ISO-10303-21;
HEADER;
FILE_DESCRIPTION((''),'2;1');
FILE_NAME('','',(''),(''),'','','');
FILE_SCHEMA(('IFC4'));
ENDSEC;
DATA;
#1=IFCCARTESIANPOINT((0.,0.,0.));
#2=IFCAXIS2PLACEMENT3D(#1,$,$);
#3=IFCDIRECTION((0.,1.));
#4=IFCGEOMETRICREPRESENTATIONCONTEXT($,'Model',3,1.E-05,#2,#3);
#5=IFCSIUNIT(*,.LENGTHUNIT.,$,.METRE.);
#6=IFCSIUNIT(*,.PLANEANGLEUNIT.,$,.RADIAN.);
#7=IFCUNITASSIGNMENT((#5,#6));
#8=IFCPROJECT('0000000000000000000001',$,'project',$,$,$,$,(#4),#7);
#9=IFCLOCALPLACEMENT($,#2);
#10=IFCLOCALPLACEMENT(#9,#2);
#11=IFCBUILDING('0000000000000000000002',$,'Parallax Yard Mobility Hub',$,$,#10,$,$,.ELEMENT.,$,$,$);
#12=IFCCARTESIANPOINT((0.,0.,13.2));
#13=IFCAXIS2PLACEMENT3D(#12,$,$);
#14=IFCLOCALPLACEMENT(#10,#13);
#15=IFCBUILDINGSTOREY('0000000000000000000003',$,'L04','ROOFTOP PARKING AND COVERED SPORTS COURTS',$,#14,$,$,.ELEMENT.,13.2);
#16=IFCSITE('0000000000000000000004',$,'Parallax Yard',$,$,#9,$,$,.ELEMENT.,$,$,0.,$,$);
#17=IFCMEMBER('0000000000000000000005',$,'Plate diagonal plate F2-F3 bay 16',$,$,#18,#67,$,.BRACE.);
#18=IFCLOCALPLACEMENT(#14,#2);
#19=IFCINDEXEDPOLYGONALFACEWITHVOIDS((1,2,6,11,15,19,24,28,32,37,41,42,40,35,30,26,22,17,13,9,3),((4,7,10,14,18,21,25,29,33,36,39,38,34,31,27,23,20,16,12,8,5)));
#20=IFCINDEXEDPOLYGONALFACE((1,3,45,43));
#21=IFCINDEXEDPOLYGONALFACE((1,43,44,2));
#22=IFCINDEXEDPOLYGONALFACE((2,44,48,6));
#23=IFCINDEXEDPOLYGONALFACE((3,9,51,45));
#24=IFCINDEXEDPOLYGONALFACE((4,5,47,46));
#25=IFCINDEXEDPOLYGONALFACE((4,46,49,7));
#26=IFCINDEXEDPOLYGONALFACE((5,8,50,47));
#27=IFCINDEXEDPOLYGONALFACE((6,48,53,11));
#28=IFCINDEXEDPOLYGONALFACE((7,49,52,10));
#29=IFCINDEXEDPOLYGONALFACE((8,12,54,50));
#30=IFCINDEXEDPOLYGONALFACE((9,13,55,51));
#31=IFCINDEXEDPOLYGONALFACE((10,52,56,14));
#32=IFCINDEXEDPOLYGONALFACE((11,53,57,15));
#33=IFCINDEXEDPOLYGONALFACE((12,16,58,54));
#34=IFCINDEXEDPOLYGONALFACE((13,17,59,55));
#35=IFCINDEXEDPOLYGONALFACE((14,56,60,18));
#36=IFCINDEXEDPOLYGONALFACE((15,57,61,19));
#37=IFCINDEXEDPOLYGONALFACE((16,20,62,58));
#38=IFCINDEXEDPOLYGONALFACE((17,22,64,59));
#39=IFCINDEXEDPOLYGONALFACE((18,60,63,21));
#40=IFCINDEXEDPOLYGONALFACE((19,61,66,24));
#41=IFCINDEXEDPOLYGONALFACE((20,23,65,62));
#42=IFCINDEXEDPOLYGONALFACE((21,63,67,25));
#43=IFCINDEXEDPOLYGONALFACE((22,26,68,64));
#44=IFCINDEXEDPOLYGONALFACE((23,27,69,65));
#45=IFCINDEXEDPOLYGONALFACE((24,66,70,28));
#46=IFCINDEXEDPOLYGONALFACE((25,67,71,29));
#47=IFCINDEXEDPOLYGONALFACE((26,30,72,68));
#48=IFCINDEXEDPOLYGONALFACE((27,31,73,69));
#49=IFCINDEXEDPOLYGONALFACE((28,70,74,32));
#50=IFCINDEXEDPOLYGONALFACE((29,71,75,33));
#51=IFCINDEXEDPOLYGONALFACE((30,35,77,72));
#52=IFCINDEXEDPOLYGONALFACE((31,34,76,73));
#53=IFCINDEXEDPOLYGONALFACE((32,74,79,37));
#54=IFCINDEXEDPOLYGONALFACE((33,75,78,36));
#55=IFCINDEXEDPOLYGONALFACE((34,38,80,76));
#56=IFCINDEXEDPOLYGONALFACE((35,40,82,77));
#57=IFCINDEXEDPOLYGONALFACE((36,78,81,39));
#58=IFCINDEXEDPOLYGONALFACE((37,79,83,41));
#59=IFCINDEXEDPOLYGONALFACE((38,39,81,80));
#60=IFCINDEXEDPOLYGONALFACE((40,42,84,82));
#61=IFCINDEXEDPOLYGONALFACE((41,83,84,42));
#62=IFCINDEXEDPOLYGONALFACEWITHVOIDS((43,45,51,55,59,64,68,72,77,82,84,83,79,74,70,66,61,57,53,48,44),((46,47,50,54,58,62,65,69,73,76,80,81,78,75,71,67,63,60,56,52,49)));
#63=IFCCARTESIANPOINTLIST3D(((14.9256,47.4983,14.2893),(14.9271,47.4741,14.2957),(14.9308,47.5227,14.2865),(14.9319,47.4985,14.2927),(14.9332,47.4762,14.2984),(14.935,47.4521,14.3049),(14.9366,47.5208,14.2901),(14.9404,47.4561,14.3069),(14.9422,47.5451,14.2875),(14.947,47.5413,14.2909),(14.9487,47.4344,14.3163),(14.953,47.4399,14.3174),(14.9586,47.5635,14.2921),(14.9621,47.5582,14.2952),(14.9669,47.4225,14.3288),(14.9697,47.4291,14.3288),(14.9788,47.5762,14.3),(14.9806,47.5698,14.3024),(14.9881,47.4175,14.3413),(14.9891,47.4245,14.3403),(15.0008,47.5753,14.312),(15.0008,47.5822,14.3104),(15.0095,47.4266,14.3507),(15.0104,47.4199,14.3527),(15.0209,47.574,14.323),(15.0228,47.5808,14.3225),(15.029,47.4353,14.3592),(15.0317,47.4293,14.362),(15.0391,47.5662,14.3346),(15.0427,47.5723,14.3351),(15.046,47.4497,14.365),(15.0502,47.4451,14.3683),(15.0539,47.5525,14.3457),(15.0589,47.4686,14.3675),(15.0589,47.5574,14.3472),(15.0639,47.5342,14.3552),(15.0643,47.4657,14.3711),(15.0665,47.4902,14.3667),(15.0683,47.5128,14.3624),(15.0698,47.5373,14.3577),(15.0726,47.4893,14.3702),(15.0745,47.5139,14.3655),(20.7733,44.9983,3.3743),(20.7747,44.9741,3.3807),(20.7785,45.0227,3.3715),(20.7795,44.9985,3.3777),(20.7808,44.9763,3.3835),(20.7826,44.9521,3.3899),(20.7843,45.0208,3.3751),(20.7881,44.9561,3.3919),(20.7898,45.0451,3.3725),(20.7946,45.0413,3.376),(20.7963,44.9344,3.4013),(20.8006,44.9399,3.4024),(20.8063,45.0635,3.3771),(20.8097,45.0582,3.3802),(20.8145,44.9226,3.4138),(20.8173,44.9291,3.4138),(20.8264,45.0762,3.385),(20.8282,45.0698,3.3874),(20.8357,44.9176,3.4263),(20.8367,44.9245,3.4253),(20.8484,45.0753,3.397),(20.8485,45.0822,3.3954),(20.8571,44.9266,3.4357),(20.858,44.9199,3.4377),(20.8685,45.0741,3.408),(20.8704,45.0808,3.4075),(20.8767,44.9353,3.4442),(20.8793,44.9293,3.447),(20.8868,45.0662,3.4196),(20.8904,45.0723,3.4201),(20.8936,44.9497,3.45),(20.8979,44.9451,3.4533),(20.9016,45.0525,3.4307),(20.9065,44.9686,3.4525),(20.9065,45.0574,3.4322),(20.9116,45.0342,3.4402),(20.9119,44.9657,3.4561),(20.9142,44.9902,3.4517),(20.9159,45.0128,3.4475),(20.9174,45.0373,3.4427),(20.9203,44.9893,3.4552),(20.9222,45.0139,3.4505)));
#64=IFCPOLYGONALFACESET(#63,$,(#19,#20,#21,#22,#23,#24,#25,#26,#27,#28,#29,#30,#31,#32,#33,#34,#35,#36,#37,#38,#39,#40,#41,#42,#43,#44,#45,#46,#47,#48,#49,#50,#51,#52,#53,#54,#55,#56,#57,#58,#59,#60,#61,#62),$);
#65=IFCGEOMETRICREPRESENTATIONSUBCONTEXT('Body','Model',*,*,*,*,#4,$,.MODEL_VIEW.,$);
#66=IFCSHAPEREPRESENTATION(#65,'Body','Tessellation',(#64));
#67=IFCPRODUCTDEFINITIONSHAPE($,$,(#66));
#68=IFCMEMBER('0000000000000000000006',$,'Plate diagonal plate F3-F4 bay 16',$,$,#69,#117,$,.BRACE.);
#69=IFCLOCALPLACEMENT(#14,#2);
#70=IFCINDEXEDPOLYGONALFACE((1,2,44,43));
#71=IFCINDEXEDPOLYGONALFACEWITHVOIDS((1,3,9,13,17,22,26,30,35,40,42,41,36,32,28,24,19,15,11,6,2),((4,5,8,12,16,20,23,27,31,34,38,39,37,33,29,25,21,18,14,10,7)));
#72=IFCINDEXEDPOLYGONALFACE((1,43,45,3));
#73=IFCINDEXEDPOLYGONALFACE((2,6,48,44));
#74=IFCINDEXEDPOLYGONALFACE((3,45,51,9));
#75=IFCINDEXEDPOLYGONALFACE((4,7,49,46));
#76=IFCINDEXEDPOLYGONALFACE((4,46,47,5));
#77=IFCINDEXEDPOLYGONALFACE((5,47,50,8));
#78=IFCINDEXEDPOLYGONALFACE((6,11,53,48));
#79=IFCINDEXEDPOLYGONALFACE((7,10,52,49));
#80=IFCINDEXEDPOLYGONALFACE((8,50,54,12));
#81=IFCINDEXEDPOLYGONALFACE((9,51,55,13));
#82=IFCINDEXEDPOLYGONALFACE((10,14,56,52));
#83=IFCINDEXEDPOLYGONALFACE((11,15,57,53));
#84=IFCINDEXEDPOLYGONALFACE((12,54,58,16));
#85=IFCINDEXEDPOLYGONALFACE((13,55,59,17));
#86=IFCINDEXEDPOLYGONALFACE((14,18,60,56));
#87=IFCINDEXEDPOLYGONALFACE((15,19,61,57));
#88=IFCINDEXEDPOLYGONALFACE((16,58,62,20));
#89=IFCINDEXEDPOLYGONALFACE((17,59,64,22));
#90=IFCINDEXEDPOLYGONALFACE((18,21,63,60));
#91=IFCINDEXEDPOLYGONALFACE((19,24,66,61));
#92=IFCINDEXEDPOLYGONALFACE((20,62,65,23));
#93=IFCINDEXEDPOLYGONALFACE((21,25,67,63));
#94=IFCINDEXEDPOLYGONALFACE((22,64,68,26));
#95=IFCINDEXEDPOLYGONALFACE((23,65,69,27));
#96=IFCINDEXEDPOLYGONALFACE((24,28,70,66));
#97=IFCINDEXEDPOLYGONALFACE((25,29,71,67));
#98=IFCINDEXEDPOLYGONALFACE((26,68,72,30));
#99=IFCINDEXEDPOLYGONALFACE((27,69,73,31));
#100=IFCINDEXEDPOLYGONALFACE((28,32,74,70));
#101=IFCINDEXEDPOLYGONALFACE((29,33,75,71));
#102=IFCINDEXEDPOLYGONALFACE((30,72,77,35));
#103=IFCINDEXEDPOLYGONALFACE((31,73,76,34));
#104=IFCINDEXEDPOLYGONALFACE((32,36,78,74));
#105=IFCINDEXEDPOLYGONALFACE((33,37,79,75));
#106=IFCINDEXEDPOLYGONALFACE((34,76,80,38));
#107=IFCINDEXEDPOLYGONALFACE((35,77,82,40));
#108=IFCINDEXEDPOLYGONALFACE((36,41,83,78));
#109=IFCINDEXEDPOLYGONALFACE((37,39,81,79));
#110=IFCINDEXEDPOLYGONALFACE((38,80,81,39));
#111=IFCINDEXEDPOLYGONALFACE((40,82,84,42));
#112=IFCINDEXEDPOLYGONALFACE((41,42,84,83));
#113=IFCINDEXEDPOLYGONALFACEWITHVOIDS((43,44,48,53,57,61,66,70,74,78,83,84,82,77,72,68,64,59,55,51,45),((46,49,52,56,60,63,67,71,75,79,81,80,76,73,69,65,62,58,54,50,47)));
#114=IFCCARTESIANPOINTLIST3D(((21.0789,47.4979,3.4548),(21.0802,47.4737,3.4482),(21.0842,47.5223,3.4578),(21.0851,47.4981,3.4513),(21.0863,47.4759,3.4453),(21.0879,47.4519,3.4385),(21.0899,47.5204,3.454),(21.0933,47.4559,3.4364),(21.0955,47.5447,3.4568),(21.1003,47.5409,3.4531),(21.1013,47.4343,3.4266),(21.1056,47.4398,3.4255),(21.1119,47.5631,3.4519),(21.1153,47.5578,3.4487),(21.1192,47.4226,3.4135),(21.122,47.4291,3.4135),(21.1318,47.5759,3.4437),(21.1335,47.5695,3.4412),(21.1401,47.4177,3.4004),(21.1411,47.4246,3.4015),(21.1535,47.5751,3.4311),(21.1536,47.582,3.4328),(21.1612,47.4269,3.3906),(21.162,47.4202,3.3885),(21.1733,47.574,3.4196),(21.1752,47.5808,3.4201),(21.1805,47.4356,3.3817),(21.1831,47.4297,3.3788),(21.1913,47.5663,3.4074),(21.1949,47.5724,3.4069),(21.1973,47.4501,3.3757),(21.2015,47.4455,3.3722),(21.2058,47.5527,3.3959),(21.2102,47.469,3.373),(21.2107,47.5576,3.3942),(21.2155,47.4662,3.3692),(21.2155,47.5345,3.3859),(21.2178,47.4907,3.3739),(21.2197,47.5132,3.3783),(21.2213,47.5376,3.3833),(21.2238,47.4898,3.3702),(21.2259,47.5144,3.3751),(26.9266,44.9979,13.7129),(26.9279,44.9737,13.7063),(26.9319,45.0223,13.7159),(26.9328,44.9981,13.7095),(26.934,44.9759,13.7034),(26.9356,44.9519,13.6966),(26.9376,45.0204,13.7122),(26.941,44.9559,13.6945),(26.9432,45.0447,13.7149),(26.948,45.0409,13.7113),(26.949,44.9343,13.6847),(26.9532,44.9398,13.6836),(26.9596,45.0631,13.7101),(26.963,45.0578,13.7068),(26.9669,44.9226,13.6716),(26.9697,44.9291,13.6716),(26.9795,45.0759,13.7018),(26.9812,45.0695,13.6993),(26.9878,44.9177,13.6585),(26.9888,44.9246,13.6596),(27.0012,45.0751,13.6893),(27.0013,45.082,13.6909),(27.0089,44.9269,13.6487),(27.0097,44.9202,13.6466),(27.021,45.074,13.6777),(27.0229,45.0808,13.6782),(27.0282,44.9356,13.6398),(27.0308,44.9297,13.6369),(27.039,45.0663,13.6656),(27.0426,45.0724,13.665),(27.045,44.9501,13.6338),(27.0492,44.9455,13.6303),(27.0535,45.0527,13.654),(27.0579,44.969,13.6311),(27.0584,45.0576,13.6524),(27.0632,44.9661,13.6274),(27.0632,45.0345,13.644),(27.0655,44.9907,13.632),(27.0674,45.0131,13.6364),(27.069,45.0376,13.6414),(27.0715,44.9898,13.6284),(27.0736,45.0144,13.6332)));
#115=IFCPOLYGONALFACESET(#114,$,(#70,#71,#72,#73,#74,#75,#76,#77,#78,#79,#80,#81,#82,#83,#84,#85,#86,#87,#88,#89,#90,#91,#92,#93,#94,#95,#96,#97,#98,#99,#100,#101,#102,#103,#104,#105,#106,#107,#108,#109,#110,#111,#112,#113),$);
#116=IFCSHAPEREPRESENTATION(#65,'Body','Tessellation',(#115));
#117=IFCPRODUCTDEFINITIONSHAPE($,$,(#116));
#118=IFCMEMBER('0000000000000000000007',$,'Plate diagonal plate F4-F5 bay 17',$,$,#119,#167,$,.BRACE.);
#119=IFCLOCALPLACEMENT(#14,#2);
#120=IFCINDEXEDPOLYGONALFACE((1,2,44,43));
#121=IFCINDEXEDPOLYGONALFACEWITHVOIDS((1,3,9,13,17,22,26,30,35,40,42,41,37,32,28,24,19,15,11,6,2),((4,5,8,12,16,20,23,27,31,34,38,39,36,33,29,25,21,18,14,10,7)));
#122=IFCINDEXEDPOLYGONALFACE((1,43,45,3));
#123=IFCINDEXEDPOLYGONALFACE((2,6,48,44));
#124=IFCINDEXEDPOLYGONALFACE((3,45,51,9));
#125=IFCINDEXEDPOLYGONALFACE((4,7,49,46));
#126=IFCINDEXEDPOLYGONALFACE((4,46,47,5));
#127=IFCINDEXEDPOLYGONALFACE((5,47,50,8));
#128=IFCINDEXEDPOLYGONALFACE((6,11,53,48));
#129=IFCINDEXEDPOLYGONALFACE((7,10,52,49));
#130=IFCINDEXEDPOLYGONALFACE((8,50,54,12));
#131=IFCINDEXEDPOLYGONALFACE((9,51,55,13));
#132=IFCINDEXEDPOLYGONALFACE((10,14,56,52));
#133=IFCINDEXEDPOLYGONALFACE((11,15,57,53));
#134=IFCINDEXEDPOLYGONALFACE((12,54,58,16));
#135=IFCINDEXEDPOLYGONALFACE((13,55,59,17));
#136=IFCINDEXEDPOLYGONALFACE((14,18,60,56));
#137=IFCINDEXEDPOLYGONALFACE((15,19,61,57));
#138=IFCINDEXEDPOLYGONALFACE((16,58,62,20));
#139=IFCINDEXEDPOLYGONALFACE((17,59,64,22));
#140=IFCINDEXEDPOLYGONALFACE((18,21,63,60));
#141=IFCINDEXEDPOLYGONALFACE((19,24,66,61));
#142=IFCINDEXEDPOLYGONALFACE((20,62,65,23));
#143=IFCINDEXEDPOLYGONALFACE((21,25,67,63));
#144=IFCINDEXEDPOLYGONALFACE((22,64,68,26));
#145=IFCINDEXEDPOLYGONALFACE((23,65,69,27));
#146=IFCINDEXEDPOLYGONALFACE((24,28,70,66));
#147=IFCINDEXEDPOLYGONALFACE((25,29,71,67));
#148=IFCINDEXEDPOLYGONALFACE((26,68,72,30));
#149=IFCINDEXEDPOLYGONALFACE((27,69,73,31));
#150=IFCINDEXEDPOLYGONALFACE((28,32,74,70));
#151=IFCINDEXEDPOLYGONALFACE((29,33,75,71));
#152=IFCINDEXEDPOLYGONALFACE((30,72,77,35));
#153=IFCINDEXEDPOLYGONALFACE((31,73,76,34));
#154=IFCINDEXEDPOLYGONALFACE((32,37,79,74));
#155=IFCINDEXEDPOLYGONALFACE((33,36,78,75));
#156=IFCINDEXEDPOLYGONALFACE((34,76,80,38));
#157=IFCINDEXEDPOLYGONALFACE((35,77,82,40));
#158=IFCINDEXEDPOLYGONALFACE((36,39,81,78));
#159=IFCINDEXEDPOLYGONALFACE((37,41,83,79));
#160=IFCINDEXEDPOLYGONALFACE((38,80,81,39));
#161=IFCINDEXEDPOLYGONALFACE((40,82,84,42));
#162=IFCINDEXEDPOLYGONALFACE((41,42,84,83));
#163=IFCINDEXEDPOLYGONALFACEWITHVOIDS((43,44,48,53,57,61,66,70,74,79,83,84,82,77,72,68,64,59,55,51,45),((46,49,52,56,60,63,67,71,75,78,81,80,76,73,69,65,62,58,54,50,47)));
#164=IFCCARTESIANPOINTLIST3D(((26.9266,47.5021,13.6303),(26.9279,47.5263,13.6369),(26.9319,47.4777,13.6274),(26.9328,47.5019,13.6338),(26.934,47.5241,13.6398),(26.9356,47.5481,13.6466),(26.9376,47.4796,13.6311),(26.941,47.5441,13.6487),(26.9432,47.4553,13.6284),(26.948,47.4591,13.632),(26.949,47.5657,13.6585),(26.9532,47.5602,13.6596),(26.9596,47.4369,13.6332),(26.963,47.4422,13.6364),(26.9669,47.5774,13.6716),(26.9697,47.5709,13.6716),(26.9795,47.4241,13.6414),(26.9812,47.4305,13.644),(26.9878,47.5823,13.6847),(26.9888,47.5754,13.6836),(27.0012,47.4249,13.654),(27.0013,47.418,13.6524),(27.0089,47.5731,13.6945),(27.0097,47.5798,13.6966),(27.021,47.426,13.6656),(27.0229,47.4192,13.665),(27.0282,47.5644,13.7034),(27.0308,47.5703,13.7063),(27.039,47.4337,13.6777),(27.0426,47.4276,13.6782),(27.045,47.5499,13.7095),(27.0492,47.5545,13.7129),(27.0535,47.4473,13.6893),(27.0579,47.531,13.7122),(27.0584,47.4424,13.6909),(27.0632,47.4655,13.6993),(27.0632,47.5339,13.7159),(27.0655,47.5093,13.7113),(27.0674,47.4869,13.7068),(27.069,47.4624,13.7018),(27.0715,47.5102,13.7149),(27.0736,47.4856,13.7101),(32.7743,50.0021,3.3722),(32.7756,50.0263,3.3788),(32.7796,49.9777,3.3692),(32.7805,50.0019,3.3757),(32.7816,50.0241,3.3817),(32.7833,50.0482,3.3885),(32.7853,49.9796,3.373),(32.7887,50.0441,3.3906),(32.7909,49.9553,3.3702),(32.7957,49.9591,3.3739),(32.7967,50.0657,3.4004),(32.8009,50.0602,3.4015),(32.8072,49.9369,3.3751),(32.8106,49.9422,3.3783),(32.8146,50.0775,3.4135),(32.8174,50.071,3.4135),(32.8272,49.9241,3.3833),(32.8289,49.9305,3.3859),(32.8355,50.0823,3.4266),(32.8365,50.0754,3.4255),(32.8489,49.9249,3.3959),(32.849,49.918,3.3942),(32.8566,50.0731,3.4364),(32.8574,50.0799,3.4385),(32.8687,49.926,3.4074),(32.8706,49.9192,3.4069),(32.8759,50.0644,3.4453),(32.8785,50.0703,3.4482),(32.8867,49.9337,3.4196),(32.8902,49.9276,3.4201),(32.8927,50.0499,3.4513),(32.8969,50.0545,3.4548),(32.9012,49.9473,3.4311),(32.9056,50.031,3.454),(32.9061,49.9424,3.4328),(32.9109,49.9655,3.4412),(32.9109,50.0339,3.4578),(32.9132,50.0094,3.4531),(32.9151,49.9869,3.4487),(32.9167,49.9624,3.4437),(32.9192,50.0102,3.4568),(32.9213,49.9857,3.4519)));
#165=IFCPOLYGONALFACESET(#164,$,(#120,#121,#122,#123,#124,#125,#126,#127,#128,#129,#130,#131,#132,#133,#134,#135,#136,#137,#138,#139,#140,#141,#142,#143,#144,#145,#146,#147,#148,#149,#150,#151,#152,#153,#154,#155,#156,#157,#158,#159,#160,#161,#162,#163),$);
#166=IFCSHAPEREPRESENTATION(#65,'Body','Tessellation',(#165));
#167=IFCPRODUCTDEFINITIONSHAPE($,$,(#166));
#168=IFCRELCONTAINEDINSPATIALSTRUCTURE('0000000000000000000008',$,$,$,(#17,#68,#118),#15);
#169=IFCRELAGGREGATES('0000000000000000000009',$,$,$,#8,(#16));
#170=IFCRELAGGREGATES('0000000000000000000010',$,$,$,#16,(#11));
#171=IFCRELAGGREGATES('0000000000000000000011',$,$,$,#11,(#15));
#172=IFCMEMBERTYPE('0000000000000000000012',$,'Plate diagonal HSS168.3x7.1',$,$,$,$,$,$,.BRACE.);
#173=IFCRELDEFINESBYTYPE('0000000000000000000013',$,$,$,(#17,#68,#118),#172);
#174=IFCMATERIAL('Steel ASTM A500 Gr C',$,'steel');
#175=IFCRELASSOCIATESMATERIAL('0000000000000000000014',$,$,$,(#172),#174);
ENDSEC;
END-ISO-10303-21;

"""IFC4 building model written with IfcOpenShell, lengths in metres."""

from ifc_helpers import new_model, si_unit, direction, frame, origin, origin_2d, place, context, subcontext, project, spatial, hollow_circle, extrude, material, material_profile, profile_set, type_object, element, save


model = new_model("IFC4")

# Units and contexts
model_context = context("Model", 3, precision=1e-05, world=origin(), true_north=direction((0.0, 1.0)))
body_context = subcontext(model_context, "Body", "Model", "MODEL_VIEW")
ifc_project = project(units=[si_unit("LENGTHUNIT", "METRE"), si_unit("PLANEANGLEUNIT", "RADIAN")], contexts=[model_context])

# Site, building, storey
site_placement = place(None, origin())
site = spatial("IfcSite", under=ifc_project, at=site_placement, Name="Parallax Yard", CompositionType="ELEMENT", RefElevation=0.0)
building_placement = place(site_placement, origin())
building = spatial("IfcBuilding", under=site, at=building_placement, Name="Parallax Yard Mobility Hub", CompositionType="ELEMENT")
storey_placement = place(building_placement, frame((0.0, 0.0, 13.2)))
storey = spatial("IfcBuildingStorey", under=building, at=storey_placement, Name="L04", Description="ROOFTOP PARKING AND COVERED SPORTS COURTS", CompositionType="ELEMENT", Elevation=13.2)

# Members
ifc_material_1 = material(Name="Steel ASTM A500 Gr C", Category="steel")
ifc_material_profile_1 = material_profile(ifc_material_1, hollow_circle(Radius=0.0842, WallThickness=0.0071, at=origin_2d()), Name="HSS168.3x7.1")
ifc_profile_set_1 = profile_set([ifc_material_profile_1], Name="Steel ASTM A500 Gr C")
member_type_1 = type_object("IfcMemberType", Name="Plate diagonal HSS168.3x7.1", PredefinedType="BRACE", material=ifc_profile_set_1)
member_1_placement = place(storey_placement, frame((20.8477, 45.0, 3.4138), z_axis=(-0.462901, 0.1979, 0.864036), x_axis=(-0.393104, -0.919494, 0.0)))
element("IfcMember", 1, at=member_1_placement, inside=storey, type_object=member_type_1, Name="Plate diagonal plate F2-F3 bay 16", PredefinedType="BRACE", context=body_context, shape_type="SweptSolid", body=[
    extrude(hollow_circle(Radius=0.0842, WallThickness=0.0071, at=origin_2d()), origin(), (0.0, 0.0, 1.0), 12.6326),
])
for number, where, z_axis, x_axis, name in (
    (2, (27.0, 45.0, 13.6716), (-0.484499, 0.207134, -0.849916), (-0.393104, -0.919494, 0.0), "Plate diagonal plate F3-F4 bay 16"),
    (3, (27.0, 47.5, 13.6716), (0.484499, 0.207134, -0.849916), (-0.393104, 0.919494, 0.0), "Plate diagonal plate F4-F5 bay 17"),
):
    element("IfcMember", number, at=place(storey_placement, frame(where, z_axis=z_axis, x_axis=x_axis)), inside=storey, type_object=member_type_1, Name=name, PredefinedType="BRACE", context=body_context, shape_type="SweptSolid", body=[
        extrude(hollow_circle(Radius=0.0842, WallThickness=0.0071, at=origin_2d()), origin(), (0.0, 0.0, 1.0), 12.0696),
    ])

save(model, "model.ifc")
